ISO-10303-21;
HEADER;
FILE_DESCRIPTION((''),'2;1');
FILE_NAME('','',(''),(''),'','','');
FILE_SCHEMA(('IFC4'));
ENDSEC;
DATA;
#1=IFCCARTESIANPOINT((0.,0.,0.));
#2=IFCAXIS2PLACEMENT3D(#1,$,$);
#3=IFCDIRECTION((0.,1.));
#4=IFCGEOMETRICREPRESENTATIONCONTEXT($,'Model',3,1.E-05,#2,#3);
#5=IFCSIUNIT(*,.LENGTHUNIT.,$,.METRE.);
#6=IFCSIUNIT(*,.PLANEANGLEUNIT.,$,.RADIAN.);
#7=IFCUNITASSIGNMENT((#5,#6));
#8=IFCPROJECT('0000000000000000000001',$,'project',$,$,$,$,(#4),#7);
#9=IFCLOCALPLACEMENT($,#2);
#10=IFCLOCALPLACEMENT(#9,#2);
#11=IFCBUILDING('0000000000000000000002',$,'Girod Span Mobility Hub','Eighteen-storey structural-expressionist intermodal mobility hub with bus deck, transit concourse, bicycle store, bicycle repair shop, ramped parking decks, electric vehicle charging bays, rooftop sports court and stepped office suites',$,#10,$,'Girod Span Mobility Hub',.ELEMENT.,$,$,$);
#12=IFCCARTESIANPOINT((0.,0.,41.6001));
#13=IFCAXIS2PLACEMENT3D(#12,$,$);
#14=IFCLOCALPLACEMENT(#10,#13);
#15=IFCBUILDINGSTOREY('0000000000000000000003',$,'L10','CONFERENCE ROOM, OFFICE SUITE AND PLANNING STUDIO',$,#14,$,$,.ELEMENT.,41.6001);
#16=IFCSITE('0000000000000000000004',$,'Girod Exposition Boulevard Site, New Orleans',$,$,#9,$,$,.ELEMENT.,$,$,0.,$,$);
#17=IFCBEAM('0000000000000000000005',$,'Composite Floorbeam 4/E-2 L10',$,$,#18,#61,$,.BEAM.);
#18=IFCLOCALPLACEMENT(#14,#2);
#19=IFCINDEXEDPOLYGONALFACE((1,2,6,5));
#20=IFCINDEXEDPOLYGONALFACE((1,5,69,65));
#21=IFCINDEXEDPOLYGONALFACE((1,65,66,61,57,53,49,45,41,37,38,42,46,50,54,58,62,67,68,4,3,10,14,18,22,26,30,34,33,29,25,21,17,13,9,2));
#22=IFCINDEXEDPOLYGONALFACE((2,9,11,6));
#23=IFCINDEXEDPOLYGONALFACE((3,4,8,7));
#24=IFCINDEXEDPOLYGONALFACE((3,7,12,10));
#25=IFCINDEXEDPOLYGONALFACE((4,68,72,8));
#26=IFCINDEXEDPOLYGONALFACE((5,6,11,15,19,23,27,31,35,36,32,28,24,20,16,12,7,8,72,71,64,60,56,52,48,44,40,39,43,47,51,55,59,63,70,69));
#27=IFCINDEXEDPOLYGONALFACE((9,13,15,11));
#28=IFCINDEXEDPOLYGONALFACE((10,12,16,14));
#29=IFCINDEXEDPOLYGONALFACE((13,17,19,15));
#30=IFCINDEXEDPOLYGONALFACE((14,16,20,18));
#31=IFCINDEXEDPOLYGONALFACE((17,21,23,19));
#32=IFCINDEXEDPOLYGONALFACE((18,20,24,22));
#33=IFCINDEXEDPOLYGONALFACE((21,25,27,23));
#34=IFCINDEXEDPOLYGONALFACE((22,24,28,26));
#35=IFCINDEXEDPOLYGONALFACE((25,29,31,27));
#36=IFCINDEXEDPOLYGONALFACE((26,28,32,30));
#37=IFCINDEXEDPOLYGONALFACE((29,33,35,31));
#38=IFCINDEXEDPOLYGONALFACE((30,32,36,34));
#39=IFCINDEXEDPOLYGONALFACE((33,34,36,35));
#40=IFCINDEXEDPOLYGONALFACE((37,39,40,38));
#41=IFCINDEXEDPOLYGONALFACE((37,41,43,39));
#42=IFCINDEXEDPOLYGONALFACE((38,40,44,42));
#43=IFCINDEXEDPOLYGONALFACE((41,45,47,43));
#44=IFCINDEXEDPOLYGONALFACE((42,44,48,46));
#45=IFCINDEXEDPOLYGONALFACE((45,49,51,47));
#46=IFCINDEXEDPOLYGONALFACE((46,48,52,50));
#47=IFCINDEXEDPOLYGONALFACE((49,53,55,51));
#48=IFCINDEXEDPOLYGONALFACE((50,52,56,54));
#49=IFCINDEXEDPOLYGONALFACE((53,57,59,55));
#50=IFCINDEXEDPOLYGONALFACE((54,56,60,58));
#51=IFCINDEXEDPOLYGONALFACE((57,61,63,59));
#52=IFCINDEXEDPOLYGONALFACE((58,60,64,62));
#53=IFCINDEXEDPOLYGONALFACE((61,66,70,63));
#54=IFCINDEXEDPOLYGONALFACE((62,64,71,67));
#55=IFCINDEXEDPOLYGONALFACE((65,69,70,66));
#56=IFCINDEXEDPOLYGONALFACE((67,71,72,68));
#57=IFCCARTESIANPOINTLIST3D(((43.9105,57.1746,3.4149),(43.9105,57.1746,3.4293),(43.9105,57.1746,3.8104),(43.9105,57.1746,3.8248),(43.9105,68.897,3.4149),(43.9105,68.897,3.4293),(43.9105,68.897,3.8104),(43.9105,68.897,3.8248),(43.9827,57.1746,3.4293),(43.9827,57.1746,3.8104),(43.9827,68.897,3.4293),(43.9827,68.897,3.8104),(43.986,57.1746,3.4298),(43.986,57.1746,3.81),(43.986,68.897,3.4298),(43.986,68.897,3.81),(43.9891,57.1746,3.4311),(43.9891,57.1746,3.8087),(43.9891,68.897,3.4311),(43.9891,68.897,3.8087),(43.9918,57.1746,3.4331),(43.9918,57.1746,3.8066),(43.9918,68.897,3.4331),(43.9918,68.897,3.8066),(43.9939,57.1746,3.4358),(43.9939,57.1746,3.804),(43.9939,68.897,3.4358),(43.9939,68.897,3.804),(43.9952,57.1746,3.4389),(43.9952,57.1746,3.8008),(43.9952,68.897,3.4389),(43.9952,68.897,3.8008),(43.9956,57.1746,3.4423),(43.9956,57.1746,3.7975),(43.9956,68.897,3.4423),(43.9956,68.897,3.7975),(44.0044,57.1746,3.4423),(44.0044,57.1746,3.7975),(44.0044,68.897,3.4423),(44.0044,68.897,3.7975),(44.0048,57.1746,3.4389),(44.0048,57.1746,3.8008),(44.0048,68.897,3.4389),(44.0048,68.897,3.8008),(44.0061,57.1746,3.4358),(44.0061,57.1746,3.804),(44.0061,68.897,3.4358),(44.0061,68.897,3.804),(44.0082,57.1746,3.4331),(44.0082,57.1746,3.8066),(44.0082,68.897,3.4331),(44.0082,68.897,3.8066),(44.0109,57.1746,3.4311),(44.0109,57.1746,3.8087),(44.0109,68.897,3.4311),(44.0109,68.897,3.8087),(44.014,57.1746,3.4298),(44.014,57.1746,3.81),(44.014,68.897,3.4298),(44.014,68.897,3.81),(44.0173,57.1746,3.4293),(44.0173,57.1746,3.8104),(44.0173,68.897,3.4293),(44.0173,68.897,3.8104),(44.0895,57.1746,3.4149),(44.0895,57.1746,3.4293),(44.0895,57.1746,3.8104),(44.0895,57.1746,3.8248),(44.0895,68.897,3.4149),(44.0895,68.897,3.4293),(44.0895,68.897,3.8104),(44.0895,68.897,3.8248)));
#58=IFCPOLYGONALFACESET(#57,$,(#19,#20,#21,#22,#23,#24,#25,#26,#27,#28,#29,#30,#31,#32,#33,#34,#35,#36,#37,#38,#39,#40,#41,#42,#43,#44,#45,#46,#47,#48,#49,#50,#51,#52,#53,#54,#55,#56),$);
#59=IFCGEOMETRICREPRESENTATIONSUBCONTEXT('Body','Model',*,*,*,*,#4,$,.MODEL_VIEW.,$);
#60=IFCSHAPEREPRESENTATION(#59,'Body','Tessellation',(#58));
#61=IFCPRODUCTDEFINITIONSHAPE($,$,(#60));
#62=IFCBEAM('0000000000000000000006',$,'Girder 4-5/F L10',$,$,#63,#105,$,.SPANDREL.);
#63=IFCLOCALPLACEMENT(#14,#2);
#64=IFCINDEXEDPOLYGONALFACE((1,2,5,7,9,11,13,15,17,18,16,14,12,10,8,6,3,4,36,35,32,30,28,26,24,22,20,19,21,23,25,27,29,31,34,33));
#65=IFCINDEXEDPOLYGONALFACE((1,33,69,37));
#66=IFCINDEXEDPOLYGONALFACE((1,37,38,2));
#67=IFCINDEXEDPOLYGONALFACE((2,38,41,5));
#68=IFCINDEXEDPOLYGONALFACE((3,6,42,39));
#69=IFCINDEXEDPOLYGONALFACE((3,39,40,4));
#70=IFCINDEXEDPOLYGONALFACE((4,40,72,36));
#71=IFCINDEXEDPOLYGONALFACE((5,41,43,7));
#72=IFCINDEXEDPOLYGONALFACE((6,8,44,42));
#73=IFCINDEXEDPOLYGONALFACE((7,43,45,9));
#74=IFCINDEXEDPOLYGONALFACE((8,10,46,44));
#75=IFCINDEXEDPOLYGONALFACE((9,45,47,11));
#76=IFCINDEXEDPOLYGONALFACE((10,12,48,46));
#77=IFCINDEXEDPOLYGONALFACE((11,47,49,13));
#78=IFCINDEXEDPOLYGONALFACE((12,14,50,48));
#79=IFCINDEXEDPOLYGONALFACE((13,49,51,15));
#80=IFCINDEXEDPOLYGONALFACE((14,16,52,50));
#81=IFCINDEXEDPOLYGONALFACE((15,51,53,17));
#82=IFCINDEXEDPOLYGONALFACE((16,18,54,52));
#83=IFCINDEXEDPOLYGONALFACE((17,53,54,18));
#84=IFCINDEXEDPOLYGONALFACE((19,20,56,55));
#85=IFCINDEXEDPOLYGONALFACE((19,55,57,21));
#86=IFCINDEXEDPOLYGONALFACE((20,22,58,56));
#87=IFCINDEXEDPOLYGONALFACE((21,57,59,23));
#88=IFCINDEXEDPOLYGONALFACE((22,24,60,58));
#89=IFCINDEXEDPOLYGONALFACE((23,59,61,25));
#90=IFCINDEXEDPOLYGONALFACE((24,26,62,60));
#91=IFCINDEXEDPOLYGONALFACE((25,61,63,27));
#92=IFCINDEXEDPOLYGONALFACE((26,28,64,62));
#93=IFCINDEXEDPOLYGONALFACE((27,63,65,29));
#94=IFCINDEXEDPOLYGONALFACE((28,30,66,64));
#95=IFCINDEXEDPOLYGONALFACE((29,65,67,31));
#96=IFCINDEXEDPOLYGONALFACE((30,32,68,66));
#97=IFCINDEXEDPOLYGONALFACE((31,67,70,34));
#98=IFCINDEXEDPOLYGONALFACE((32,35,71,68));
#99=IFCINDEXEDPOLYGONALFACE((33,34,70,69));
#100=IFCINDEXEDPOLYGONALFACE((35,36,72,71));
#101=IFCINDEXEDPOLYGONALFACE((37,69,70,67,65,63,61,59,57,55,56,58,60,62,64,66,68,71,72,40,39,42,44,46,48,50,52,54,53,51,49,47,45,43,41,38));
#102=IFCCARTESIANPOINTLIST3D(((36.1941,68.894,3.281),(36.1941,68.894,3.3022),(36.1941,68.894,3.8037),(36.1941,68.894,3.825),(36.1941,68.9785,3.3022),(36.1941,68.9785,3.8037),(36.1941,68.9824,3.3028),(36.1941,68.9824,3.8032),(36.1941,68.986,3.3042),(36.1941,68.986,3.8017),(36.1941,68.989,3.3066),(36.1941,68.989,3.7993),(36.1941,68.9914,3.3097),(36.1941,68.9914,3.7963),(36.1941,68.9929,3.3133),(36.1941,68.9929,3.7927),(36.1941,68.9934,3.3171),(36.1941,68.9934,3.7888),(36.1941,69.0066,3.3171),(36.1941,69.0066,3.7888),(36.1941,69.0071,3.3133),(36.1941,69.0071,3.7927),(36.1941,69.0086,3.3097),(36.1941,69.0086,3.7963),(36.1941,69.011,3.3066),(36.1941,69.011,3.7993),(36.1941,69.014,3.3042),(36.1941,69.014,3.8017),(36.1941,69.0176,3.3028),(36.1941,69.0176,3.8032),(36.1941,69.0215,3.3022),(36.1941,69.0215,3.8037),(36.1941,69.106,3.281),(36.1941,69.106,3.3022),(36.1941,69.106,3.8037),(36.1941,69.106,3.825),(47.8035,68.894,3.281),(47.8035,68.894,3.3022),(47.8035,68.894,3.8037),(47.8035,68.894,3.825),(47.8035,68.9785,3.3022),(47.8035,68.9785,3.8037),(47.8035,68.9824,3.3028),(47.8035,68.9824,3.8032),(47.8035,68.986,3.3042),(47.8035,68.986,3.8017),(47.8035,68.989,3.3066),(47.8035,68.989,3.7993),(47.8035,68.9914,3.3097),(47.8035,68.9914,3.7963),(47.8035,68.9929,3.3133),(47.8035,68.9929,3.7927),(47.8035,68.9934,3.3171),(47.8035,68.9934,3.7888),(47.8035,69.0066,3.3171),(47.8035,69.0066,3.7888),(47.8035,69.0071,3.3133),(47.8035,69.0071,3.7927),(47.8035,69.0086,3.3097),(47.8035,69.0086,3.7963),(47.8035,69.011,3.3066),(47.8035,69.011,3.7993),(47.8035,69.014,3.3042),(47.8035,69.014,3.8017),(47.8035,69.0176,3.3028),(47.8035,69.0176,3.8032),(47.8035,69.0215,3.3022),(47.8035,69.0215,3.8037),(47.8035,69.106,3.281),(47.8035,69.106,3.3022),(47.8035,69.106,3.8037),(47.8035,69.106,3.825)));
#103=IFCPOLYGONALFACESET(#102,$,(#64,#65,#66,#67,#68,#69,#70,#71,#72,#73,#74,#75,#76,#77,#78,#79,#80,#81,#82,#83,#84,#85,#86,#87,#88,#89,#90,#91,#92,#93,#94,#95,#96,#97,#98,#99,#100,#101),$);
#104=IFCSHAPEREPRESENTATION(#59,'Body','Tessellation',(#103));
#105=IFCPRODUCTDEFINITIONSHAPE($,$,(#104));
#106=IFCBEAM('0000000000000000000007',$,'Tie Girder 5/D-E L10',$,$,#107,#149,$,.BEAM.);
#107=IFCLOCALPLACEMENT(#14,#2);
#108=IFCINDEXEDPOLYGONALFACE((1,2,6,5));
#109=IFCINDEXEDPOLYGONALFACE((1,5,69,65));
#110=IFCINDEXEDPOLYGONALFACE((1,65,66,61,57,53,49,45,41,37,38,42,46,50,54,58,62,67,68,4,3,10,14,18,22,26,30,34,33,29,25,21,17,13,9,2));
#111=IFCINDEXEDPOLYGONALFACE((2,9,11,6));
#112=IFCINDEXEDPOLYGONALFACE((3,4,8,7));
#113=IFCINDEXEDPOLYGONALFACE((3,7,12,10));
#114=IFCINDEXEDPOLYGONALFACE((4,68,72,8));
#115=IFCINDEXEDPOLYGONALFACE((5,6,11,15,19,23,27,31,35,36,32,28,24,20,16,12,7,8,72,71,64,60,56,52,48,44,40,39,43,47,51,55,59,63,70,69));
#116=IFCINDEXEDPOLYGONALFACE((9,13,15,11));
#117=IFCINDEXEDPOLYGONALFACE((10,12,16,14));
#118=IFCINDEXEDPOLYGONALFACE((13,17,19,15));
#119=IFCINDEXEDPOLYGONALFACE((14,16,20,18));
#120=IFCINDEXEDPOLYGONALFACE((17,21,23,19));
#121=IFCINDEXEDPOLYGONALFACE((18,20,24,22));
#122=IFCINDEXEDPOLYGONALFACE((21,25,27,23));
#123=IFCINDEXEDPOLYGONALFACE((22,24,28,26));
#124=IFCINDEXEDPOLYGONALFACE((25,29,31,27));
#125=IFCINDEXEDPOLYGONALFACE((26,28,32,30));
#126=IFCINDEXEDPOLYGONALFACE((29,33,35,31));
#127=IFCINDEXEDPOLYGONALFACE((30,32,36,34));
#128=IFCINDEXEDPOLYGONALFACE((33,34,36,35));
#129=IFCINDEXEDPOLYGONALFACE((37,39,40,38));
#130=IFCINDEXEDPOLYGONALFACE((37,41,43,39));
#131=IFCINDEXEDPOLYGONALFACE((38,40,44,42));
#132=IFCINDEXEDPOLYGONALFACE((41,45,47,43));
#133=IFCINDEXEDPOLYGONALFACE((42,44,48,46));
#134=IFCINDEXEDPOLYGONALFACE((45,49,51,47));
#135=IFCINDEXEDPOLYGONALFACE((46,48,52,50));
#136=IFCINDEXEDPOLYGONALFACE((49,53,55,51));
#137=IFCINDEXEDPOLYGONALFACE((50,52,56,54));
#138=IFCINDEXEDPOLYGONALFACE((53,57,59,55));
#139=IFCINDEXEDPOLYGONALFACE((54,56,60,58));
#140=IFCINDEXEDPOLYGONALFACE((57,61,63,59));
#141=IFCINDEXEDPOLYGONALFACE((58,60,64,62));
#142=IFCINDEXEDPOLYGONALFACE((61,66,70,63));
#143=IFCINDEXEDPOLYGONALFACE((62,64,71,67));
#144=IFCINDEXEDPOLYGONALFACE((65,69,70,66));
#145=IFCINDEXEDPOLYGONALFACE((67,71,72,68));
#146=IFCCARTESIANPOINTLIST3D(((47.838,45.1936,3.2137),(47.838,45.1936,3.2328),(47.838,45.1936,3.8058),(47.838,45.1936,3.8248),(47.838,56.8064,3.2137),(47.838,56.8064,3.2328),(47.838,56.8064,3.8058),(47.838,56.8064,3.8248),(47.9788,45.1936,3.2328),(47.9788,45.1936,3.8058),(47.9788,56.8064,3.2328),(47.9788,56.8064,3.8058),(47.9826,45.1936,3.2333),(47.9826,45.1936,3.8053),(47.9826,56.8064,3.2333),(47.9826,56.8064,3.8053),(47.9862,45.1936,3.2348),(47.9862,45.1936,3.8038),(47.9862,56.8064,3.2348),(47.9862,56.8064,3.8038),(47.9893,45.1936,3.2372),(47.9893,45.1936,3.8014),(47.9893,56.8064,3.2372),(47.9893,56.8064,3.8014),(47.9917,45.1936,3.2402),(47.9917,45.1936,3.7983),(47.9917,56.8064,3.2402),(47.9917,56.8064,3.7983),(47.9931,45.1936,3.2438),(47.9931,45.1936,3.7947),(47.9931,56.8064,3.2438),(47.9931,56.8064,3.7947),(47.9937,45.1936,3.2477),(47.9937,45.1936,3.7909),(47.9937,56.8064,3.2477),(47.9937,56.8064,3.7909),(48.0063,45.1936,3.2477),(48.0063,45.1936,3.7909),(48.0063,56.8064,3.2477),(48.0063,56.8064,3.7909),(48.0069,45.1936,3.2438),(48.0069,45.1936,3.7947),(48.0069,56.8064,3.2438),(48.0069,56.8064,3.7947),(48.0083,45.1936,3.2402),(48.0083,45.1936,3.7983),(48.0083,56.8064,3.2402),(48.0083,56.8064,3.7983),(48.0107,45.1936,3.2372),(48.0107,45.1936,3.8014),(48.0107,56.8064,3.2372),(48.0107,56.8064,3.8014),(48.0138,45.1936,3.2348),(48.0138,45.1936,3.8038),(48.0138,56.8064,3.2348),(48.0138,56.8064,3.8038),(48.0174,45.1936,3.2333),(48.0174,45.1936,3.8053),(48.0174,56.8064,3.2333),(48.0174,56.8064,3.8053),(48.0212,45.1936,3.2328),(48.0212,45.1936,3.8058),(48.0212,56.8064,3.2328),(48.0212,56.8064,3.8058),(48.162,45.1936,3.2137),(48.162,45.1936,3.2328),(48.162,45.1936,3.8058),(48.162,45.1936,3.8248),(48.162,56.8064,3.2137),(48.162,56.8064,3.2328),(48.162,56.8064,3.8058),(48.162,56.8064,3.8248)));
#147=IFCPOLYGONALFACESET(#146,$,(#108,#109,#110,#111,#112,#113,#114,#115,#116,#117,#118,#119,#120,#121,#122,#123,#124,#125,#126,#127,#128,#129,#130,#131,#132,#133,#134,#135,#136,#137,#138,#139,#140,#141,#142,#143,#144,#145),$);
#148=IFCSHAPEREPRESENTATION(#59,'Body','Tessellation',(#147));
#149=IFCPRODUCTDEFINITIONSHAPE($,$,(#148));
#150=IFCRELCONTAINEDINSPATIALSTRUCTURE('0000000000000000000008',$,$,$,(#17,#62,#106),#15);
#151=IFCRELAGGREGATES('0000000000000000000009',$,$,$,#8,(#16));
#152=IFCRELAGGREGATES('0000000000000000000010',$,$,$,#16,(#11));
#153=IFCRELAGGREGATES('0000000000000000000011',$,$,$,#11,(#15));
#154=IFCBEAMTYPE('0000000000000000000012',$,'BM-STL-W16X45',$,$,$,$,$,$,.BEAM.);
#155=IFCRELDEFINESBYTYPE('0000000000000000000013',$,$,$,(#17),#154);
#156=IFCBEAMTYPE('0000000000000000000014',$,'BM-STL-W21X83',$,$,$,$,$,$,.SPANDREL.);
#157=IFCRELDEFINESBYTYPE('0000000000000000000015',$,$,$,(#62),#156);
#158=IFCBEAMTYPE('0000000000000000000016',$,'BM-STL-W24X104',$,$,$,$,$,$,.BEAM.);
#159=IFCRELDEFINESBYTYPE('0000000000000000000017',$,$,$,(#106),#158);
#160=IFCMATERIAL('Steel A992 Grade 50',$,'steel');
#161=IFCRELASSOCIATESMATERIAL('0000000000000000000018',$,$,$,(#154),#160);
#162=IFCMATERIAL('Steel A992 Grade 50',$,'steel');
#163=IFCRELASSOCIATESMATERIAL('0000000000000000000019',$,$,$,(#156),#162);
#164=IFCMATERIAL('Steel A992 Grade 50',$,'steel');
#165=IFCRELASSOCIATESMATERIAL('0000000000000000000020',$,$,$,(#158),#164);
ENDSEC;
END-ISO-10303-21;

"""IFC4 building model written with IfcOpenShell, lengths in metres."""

from ifc_helpers import new_model, si_unit, direction, frame, origin, origin_2d, place, context, subcontext, project, spatial, i_section, extrude, material, material_profile, profile_set, type_object, element, save


model = new_model("IFC4")

# Units and contexts
model_context = context("Model", 3, precision=1e-05, world=origin(), true_north=direction((0.0, 1.0)))
body_context = subcontext(model_context, "Body", "Model", "MODEL_VIEW")
ifc_project = project(units=[si_unit("LENGTHUNIT", "METRE"), si_unit("PLANEANGLEUNIT", "RADIAN")], contexts=[model_context])

# Site, building, storey
site_placement = place(None, origin())
site = spatial("IfcSite", under=ifc_project, at=site_placement, Name="Girod Exposition Boulevard Site, New Orleans", CompositionType="ELEMENT", RefElevation=0.0)
building_placement = place(site_placement, origin())
building = spatial("IfcBuilding", under=site, at=building_placement, Name="Girod Span Mobility Hub", Description="Eighteen-storey structural-expressionist intermodal mobility hub with bus deck, transit concourse, bicycle store, bicycle repair shop, ramped parking decks, electric vehicle charging bays, rooftop sports court and stepped office suites", LongName="Girod Span Mobility Hub", CompositionType="ELEMENT")
storey_placement = place(building_placement, frame((0.0, 0.0, 41.6001)))
storey = spatial("IfcBuildingStorey", under=building, at=storey_placement, Name="L10", Description="CONFERENCE ROOM, OFFICE SUITE AND PLANNING STUDIO", CompositionType="ELEMENT", Elevation=41.6001)

# Beams
ifc_material_1 = material(Name="Steel A992 Grade 50", Category="steel")
ifc_material_profile_1 = material_profile(ifc_material_1, i_section(OverallWidth=0.179, OverallDepth=0.4099, WebThickness=0.0088, FlangeThickness=0.0144, FilletRadius=0.0129, at=origin_2d()), Name="W16X45")
ifc_profile_set_1 = profile_set([ifc_material_profile_1], Name="Steel A992 Grade 50")
beam_type_1 = type_object("IfcBeamType", Name="BM-STL-W16X45", PredefinedType="BEAM", material=ifc_profile_set_1)
for number, where, z_axis, x_axis, name in (
    (1, (44.0, 57.1746, 3.6199), (0.0, 1.0, 0.0), (-1.0, 0.0, 0.0), "Composite Floorbeam 4/E-2 L10"),
):
    element("IfcBeam", number, at=place(storey_placement, frame(where, z_axis=z_axis, x_axis=x_axis)), inside=storey, type_object=beam_type_1, Name=name, PredefinedType="BEAM", context=body_context, shape_type="SweptSolid", body=[
        extrude(i_section(OverallWidth=0.179, OverallDepth=0.4099, WebThickness=0.0088, FlangeThickness=0.0144, FilletRadius=0.0129, at=origin_2d()), origin(), (0.0, 0.0, 1.0), 11.7224),
    ])
ifc_material_2 = material(Name="Steel A992 Grade 50", Category="steel")
ifc_material_profile_2 = material_profile(ifc_material_2, i_section(OverallWidth=0.2119, OverallDepth=0.5439, WebThickness=0.0132, FlangeThickness=0.0212, FilletRadius=0.0149, at=origin_2d()), Name="W21X83")
ifc_profile_set_2 = profile_set([ifc_material_profile_2], Name="Steel A992 Grade 50")
beam_type_2 = type_object("IfcBeamType", Name="BM-STL-W21X83", PredefinedType="SPANDREL", material=ifc_profile_set_2)
beam_1_placement = place(storey_placement, frame((36.1941, 69.0, 3.553), z_axis=(1.0, 0.0, 0.0), x_axis=(0.0, 1.0, 0.0)))
element("IfcBeam", 2, at=beam_1_placement, inside=storey, type_object=beam_type_2, Name="Girder 4-5/F L10", PredefinedType="SPANDREL", context=body_context, shape_type="SweptSolid", body=[
    extrude(i_section(OverallWidth=0.2119, OverallDepth=0.5439, WebThickness=0.0132, FlangeThickness=0.0212, FilletRadius=0.0149, at=origin_2d()), origin(), (0.0, 0.0, 1.0), 11.6094),
])
ifc_material_3 = material(Name="Steel A992 Grade 50", Category="steel")
ifc_material_profile_3 = material_profile(ifc_material_3, i_section(OverallWidth=0.324, OverallDepth=0.6111, WebThickness=0.0127, FlangeThickness=0.019, FilletRadius=0.0149, at=origin_2d()), Name="W24X104")
ifc_profile_set_3 = profile_set([ifc_material_profile_3], Name="Steel A992 Grade 50")
beam_type_3 = type_object("IfcBeamType", Name="BM-STL-W24X104", PredefinedType="BEAM", material=ifc_profile_set_3)
beam_2_placement = place(storey_placement, frame((48.0, 45.1936, 3.5193), z_axis=(0.0, 1.0, 0.0), x_axis=(-1.0, 0.0, 0.0)))
element("IfcBeam", 3, at=beam_2_placement, inside=storey, type_object=beam_type_3, Name="Tie Girder 5/D-E L10", PredefinedType="BEAM", context=body_context, shape_type="SweptSolid", body=[
    extrude(i_section(OverallWidth=0.324, OverallDepth=0.6111, WebThickness=0.0127, FlangeThickness=0.019, FilletRadius=0.0149, at=origin_2d()), origin(), (0.0, 0.0, 1.0), 11.6128),
])

save(model, "model.ifc")
